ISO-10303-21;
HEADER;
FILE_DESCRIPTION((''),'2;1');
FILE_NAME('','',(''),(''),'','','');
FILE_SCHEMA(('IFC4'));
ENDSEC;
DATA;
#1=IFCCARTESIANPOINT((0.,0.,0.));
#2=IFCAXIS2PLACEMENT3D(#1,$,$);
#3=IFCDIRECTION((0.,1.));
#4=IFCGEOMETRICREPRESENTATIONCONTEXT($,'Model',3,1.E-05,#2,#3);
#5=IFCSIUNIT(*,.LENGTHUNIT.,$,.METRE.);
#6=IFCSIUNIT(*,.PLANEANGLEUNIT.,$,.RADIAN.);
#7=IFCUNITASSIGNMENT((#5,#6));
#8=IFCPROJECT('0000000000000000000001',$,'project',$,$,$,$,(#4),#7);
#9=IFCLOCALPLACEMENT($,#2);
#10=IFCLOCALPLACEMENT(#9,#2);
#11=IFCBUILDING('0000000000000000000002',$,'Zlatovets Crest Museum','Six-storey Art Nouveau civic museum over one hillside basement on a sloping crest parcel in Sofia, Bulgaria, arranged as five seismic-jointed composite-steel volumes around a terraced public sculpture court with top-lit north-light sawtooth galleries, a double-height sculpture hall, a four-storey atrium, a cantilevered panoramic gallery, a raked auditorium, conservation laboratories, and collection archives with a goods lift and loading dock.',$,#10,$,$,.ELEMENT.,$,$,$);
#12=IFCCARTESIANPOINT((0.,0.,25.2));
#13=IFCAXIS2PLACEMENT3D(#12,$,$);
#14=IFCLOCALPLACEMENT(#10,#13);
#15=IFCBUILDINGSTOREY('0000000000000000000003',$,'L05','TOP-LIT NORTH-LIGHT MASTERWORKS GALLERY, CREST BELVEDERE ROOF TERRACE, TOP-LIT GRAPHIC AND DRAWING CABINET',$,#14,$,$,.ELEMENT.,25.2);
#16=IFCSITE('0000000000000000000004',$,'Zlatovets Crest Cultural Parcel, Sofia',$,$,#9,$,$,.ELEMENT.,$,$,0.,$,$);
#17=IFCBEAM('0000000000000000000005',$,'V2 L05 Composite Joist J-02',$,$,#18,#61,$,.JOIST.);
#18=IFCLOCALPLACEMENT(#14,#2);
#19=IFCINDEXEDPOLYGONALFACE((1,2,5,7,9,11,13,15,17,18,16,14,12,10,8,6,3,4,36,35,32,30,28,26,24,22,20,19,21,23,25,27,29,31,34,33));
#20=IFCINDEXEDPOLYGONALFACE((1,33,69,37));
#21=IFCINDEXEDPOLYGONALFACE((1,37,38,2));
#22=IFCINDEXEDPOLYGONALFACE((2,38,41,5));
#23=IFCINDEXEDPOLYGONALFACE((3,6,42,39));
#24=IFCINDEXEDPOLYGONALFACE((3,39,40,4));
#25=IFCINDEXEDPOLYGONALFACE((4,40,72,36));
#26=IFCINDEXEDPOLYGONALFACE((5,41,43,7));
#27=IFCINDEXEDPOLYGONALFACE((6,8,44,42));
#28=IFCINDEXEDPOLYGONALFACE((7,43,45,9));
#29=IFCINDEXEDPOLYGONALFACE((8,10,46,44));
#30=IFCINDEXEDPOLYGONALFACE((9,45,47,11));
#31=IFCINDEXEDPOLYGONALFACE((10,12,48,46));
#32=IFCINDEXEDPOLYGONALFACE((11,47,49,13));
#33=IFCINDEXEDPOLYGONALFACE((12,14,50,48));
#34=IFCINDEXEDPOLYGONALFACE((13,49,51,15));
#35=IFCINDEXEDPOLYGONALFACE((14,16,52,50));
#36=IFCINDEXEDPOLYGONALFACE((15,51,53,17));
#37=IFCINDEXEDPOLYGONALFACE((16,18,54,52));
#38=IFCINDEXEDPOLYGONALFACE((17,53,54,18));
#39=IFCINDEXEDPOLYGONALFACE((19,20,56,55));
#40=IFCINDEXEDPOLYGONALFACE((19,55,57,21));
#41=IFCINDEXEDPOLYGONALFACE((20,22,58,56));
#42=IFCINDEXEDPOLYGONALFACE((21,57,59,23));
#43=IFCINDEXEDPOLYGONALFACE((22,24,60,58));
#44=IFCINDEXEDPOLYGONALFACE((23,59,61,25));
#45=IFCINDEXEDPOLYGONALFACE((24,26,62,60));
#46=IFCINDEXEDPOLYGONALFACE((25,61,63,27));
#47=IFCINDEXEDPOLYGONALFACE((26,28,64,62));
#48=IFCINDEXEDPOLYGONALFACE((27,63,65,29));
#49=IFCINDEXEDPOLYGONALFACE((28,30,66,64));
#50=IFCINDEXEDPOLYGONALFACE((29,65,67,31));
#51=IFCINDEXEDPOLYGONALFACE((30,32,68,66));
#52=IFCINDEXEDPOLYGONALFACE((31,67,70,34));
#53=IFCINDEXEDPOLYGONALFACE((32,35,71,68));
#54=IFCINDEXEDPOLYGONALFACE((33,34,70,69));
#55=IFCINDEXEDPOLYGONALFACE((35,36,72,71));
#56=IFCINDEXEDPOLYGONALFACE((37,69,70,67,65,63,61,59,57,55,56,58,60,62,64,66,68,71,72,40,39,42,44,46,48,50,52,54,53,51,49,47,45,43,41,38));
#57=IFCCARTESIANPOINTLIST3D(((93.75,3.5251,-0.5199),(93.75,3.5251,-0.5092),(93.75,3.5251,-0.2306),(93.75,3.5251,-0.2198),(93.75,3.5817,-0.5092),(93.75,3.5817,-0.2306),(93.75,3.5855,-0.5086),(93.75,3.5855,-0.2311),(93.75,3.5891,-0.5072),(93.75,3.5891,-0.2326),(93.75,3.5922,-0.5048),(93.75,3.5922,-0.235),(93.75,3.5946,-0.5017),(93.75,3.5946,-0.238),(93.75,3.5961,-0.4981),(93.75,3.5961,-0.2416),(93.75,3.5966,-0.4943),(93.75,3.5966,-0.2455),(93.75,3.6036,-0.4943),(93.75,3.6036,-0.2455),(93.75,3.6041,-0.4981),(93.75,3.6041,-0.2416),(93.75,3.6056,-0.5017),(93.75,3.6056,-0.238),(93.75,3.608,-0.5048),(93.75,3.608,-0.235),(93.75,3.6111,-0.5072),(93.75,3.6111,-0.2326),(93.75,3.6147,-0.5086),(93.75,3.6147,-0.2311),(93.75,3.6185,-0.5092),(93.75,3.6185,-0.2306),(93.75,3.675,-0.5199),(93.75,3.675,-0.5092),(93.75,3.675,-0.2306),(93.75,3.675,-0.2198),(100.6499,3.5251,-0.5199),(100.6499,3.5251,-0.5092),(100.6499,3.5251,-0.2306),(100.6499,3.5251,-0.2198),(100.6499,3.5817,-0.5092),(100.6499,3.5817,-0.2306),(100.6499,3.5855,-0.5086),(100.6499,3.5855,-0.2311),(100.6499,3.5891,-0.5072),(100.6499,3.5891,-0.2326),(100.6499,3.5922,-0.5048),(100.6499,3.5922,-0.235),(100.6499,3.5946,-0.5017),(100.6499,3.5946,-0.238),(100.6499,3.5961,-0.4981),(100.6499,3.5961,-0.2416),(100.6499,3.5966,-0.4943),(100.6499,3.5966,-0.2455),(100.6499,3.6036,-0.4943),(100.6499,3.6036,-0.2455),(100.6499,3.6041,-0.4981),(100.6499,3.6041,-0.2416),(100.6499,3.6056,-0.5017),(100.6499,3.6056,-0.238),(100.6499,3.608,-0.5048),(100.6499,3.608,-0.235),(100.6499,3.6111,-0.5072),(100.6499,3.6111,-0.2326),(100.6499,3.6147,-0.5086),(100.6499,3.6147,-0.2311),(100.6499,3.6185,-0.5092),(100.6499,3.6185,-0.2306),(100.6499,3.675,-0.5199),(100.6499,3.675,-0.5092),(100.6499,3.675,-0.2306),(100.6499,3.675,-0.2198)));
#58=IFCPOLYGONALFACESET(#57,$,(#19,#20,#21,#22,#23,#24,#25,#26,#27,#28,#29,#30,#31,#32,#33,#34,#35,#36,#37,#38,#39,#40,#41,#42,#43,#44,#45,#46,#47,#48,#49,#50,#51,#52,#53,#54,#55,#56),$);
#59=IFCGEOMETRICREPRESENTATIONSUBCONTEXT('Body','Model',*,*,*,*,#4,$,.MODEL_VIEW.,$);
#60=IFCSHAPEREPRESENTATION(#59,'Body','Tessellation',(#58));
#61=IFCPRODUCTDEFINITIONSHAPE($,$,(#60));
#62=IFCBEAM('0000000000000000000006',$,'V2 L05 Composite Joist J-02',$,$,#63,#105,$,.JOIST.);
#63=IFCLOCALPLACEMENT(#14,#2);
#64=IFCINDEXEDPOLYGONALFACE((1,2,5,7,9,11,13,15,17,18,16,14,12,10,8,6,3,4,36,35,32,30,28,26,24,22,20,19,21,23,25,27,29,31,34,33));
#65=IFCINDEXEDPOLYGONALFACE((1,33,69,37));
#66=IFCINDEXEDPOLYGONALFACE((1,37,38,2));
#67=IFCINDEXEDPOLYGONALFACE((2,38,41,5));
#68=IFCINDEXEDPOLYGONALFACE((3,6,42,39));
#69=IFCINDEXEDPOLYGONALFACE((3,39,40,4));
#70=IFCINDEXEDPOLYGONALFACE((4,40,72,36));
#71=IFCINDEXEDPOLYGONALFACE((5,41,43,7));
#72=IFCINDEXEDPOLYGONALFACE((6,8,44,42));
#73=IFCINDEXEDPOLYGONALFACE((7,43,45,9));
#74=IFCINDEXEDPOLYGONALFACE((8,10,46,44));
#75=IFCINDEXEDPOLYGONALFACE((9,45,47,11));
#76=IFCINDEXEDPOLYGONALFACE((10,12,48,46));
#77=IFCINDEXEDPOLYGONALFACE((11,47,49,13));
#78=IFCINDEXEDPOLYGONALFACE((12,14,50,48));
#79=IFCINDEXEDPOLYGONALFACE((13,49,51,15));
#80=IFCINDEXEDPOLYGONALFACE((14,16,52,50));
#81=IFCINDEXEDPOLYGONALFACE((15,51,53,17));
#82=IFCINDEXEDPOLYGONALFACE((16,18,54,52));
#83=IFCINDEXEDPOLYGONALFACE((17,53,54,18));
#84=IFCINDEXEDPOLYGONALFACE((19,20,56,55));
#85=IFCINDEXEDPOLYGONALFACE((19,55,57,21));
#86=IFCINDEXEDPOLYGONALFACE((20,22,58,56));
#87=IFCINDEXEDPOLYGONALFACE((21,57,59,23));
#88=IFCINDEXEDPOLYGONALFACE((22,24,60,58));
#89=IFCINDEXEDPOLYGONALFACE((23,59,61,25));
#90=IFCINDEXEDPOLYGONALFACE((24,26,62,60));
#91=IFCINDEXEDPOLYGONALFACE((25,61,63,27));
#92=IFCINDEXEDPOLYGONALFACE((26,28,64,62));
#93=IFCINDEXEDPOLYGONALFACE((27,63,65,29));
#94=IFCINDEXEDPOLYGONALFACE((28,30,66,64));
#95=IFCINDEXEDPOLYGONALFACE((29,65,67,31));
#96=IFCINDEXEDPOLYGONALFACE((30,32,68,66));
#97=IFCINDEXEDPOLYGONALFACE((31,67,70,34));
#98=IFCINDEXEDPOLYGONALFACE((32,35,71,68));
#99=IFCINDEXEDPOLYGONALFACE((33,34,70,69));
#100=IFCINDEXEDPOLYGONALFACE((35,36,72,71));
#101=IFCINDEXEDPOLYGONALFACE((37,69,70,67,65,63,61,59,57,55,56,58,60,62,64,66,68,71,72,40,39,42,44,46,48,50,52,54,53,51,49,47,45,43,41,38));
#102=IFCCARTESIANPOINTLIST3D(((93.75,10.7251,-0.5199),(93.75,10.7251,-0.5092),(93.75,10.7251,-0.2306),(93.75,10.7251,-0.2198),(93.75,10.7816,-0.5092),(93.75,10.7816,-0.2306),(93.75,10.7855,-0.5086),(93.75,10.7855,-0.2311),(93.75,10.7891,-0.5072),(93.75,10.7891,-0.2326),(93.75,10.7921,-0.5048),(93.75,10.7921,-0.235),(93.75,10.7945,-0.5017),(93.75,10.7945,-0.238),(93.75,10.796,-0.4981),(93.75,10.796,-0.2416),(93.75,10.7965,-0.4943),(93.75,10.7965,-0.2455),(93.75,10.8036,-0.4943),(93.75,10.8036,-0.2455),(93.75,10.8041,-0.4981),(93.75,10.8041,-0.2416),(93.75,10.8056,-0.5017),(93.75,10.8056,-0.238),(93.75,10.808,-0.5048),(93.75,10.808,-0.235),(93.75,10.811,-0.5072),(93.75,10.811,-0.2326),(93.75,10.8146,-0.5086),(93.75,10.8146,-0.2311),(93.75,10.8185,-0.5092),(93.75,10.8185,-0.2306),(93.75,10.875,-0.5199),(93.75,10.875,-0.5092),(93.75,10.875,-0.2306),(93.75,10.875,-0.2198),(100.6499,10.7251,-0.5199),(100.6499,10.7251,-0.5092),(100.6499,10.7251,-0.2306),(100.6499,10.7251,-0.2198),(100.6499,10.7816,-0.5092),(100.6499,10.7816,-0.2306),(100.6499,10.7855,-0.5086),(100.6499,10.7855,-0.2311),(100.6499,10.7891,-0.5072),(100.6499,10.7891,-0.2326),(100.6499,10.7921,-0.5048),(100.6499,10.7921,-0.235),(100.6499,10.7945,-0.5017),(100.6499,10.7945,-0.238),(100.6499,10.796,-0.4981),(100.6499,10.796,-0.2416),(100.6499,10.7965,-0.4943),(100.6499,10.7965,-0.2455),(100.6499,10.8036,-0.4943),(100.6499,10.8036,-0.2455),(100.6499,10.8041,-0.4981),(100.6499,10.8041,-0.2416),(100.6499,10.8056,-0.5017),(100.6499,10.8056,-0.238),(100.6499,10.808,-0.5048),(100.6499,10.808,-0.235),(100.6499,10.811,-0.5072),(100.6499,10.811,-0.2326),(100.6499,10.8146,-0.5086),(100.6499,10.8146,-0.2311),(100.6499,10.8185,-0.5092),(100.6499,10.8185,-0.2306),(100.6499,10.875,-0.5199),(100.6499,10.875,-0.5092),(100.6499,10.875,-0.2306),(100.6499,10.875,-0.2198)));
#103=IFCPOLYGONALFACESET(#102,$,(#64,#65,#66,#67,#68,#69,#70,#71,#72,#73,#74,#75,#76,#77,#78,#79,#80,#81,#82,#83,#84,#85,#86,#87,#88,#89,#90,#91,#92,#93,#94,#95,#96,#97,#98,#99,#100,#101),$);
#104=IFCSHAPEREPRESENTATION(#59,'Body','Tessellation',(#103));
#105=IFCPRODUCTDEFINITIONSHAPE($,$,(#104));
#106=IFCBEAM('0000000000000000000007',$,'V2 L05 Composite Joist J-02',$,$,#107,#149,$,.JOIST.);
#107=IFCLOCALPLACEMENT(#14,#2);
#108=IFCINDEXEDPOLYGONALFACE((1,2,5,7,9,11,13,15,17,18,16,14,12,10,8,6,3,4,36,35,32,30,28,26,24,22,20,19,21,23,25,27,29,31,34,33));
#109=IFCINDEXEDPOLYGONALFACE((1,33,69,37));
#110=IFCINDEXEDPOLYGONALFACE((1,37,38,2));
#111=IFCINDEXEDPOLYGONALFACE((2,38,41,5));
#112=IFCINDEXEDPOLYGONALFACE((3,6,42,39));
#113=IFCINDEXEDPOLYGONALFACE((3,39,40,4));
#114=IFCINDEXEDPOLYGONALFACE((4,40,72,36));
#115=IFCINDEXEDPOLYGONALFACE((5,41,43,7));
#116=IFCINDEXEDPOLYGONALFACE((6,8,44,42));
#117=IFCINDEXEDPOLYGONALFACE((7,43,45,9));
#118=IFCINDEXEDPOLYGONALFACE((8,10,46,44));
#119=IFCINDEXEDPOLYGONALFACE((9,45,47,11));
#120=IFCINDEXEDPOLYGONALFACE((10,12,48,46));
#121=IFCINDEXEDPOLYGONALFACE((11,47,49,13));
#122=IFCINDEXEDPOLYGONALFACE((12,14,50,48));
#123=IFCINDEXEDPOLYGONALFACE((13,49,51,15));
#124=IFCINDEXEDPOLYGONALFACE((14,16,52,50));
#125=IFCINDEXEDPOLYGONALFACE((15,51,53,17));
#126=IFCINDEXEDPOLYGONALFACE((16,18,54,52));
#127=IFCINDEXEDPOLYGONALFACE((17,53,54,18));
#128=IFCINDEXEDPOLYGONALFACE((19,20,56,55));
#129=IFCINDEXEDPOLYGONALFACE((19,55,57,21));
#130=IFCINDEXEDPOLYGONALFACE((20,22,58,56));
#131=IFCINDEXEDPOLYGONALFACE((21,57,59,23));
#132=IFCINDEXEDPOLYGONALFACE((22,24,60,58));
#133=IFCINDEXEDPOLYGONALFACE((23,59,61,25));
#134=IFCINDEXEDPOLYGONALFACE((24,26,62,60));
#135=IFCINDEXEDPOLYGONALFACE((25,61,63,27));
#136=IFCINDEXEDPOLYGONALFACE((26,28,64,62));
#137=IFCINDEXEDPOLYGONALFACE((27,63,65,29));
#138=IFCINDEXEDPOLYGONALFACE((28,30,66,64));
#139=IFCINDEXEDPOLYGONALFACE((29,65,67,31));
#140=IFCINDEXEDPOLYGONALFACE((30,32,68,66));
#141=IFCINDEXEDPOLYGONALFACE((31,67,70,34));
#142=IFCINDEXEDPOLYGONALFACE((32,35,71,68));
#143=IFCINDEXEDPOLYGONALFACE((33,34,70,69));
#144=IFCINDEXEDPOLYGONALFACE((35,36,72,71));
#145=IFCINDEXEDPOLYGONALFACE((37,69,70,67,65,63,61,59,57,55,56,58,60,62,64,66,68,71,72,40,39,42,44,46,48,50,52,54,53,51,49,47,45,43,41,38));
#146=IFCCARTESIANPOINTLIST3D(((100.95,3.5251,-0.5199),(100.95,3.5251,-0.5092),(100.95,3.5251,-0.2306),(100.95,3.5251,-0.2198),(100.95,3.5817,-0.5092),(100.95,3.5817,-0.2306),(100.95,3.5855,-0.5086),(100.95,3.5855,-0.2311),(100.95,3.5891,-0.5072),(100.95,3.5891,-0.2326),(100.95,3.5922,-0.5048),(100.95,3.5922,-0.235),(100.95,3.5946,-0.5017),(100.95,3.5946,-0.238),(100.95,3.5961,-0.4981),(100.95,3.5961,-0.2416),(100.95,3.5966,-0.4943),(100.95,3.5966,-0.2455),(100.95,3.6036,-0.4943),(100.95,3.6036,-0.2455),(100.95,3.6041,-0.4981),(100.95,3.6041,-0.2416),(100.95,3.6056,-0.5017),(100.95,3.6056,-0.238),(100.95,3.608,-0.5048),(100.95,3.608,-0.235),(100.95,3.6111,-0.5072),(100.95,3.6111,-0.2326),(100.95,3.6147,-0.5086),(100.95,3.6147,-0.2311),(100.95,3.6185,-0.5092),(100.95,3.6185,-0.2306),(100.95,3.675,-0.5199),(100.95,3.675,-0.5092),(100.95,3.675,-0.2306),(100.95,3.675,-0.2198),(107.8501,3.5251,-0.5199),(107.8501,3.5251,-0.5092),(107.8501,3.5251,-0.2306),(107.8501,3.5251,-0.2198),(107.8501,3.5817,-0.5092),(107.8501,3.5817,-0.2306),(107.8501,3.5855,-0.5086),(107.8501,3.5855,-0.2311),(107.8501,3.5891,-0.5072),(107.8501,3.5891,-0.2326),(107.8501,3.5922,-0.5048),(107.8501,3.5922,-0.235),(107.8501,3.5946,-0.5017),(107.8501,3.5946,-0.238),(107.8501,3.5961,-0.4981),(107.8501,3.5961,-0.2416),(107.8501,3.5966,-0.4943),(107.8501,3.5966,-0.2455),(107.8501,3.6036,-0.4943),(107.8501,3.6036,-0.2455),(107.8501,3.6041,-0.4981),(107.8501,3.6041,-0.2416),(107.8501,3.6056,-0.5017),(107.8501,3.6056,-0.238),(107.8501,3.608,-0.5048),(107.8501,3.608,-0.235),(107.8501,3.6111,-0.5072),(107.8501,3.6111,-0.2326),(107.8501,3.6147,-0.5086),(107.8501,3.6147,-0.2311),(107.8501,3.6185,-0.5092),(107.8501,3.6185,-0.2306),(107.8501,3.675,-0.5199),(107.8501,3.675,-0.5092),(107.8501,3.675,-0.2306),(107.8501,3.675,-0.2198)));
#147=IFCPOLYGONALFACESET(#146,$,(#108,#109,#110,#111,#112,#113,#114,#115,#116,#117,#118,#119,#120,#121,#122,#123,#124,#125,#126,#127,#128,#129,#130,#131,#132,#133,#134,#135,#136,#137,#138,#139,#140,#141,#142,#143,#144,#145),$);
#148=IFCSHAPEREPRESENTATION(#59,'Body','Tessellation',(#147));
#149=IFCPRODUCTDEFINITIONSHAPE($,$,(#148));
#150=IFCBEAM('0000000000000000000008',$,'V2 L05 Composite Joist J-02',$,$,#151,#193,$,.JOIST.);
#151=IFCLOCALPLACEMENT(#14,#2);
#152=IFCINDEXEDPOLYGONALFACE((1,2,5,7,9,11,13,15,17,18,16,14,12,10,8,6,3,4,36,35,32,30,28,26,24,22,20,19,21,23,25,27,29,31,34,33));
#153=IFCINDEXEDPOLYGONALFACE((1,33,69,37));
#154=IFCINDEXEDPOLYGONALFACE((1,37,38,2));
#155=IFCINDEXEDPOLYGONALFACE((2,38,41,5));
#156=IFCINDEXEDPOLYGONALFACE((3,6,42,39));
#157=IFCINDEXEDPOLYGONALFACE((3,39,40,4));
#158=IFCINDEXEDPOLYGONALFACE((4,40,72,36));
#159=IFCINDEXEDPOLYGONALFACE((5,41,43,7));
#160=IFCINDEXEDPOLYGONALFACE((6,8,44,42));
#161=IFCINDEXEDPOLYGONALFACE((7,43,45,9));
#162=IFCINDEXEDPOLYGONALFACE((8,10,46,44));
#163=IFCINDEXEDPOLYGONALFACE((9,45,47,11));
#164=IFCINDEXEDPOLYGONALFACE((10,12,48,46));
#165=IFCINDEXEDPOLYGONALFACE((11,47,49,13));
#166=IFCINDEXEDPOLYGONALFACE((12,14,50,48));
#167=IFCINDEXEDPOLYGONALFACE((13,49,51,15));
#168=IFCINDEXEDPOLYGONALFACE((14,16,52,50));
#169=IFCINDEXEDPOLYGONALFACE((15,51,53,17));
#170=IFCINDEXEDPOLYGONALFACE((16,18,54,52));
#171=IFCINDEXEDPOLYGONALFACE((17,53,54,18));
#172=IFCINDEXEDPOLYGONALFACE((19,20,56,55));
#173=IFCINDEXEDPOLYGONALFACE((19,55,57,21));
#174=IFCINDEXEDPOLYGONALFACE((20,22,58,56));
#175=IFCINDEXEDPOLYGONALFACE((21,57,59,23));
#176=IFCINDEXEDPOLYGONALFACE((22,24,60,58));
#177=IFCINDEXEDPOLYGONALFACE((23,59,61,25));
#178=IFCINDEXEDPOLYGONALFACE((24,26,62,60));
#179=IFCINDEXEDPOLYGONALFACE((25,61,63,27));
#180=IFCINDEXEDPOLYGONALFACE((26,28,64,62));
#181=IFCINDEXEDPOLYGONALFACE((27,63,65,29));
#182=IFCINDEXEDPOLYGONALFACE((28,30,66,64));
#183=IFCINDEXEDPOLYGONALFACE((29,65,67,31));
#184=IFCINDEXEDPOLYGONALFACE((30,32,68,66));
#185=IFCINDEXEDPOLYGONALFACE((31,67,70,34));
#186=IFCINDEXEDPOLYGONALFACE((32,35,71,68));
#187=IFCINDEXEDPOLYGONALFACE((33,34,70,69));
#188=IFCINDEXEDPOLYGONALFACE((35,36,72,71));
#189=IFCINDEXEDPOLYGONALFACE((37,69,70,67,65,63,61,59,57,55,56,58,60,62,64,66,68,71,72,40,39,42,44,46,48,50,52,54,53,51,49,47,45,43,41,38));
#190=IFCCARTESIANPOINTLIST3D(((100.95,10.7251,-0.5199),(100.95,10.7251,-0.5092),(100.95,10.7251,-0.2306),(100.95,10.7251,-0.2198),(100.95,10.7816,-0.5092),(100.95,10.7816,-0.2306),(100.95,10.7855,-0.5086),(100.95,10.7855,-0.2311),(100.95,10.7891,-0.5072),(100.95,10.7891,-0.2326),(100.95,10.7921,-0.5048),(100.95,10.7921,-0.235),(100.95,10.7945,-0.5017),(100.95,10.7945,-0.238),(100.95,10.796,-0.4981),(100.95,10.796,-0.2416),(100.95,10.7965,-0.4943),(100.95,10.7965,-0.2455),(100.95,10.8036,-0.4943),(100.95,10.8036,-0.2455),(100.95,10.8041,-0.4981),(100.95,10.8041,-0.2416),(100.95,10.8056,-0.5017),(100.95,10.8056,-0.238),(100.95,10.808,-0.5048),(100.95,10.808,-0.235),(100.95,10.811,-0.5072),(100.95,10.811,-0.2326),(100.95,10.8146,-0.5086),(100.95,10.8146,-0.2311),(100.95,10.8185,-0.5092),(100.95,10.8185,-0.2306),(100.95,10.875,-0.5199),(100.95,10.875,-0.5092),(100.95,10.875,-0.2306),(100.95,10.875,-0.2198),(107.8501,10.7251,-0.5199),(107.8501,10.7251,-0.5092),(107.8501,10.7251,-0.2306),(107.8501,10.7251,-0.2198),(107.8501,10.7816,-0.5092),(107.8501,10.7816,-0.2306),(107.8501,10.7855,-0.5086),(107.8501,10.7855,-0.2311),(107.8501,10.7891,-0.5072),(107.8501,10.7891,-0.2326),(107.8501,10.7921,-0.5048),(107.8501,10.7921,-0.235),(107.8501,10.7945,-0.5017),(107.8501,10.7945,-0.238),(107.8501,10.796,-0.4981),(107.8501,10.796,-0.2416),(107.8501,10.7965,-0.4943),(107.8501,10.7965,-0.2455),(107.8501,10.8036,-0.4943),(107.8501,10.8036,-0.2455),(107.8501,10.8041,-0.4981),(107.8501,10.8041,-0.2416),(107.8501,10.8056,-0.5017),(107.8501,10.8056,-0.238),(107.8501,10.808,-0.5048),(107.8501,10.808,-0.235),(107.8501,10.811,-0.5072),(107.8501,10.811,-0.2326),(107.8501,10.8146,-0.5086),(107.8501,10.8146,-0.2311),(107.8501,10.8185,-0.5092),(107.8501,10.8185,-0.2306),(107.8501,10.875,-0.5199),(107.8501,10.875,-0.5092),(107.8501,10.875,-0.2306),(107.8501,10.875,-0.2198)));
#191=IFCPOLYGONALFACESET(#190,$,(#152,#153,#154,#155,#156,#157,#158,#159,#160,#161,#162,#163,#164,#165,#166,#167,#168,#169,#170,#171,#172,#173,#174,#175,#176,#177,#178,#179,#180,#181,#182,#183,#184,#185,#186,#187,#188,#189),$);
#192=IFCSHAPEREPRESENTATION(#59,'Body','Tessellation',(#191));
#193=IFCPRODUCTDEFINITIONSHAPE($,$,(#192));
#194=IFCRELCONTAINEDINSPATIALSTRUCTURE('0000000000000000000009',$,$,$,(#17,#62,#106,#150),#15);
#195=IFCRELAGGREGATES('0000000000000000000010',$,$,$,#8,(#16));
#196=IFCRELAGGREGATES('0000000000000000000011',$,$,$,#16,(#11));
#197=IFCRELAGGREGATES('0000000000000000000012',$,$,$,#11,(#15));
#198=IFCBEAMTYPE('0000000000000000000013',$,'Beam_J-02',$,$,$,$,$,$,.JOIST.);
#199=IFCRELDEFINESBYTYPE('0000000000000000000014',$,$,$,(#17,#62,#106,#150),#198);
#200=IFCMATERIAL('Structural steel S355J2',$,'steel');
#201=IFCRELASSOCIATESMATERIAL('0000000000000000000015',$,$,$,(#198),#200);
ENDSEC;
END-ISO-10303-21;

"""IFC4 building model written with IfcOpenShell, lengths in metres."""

from ifc_helpers import new_model, si_unit, direction, frame, origin, origin_2d, place, context, subcontext, project, spatial, i_section, extrude, material, material_profile, profile_set, type_object, element, save


model = new_model("IFC4")

# Units and contexts
model_context = context("Model", 3, precision=1e-05, world=origin(), true_north=direction((0.0, 1.0)))
body_context = subcontext(model_context, "Body", "Model", "MODEL_VIEW")
ifc_project = project(units=[si_unit("LENGTHUNIT", "METRE"), si_unit("PLANEANGLEUNIT", "RADIAN")], contexts=[model_context])

# Site, building, storey
site_placement = place(None, origin())
site = spatial("IfcSite", under=ifc_project, at=site_placement, Name="Zlatovets Crest Cultural Parcel, Sofia", CompositionType="ELEMENT", RefElevation=0.0)
building_placement = place(site_placement, origin())
building = spatial("IfcBuilding", under=site, at=building_placement, Name="Zlatovets Crest Museum", Description="Six-storey Art Nouveau civic museum over one hillside basement on a sloping crest parcel in Sofia, Bulgaria, arranged as five seismic-jointed composite-steel volumes around a terraced public sculpture court with top-lit north-light sawtooth galleries, a double-height sculpture hall, a four-storey atrium, a cantilevered panoramic gallery, a raked auditorium, conservation laboratories, and collection archives with a goods lift and loading dock.", CompositionType="ELEMENT")
storey_placement = place(building_placement, frame((0.0, 0.0, 25.2)))
storey = spatial("IfcBuildingStorey", under=building, at=storey_placement, Name="L05", Description="TOP-LIT NORTH-LIGHT MASTERWORKS GALLERY, CREST BELVEDERE ROOF TERRACE, TOP-LIT GRAPHIC AND DRAWING CABINET", CompositionType="ELEMENT", Elevation=25.2)

# Beams
ifc_material_1 = material(Name="Structural steel S355J2", Category="steel")
ifc_material_profile_1 = material_profile(ifc_material_1, i_section(OverallWidth=0.1499, OverallDepth=0.3, WebThickness=0.0071, FlangeThickness=0.0107, FilletRadius=0.0149, at=origin_2d()), Name="IPE 300")
ifc_profile_set_1 = profile_set([ifc_material_profile_1], Name="Structural steel S355J2")
beam_type_1 = type_object("IfcBeamType", Name="Beam_J-02", PredefinedType="JOIST", material=ifc_profile_set_1)
for number, where, z_axis, x_axis, name in (
    (1, (93.75, 3.6001, -0.3699), (1.0, 0.0, 0.0), (0.0, 1.0, 0.0), "V2 L05 Composite Joist J-02"),
    (2, (93.75, 10.8, -0.3699), (1.0, 0.0, 0.0), (0.0, 1.0, 0.0), "V2 L05 Composite Joist J-02"),
):
    element("IfcBeam", number, at=place(storey_placement, frame(where, z_axis=z_axis, x_axis=x_axis)), inside=storey, type_object=beam_type_1, Name=name, PredefinedType="JOIST", context=body_context, shape_type="SweptSolid", body=[
        extrude(i_section(OverallWidth=0.1499, OverallDepth=0.3, WebThickness=0.0071, FlangeThickness=0.0107, FilletRadius=0.0149, at=origin_2d()), origin(), (0.0, 0.0, 1.0), 6.8999),
    ])
for number, where, z_axis, x_axis, name in (
    (3, (100.95, 3.6001, -0.3699), (1.0, 0.0, 0.0), (0.0, 1.0, 0.0), "V2 L05 Composite Joist J-02"),
    (4, (100.95, 10.8, -0.3699), (1.0, 0.0, 0.0), (0.0, 1.0, 0.0), "V2 L05 Composite Joist J-02"),
):
    element("IfcBeam", number, at=place(storey_placement, frame(where, z_axis=z_axis, x_axis=x_axis)), inside=storey, type_object=beam_type_1, Name=name, PredefinedType="JOIST", context=body_context, shape_type="SweptSolid", body=[
        extrude(i_section(OverallWidth=0.1499, OverallDepth=0.3, WebThickness=0.0071, FlangeThickness=0.0107, FilletRadius=0.0149, at=origin_2d()), origin(), (0.0, 0.0, 1.0), 6.9001),
    ])

save(model, "model.ifc")
